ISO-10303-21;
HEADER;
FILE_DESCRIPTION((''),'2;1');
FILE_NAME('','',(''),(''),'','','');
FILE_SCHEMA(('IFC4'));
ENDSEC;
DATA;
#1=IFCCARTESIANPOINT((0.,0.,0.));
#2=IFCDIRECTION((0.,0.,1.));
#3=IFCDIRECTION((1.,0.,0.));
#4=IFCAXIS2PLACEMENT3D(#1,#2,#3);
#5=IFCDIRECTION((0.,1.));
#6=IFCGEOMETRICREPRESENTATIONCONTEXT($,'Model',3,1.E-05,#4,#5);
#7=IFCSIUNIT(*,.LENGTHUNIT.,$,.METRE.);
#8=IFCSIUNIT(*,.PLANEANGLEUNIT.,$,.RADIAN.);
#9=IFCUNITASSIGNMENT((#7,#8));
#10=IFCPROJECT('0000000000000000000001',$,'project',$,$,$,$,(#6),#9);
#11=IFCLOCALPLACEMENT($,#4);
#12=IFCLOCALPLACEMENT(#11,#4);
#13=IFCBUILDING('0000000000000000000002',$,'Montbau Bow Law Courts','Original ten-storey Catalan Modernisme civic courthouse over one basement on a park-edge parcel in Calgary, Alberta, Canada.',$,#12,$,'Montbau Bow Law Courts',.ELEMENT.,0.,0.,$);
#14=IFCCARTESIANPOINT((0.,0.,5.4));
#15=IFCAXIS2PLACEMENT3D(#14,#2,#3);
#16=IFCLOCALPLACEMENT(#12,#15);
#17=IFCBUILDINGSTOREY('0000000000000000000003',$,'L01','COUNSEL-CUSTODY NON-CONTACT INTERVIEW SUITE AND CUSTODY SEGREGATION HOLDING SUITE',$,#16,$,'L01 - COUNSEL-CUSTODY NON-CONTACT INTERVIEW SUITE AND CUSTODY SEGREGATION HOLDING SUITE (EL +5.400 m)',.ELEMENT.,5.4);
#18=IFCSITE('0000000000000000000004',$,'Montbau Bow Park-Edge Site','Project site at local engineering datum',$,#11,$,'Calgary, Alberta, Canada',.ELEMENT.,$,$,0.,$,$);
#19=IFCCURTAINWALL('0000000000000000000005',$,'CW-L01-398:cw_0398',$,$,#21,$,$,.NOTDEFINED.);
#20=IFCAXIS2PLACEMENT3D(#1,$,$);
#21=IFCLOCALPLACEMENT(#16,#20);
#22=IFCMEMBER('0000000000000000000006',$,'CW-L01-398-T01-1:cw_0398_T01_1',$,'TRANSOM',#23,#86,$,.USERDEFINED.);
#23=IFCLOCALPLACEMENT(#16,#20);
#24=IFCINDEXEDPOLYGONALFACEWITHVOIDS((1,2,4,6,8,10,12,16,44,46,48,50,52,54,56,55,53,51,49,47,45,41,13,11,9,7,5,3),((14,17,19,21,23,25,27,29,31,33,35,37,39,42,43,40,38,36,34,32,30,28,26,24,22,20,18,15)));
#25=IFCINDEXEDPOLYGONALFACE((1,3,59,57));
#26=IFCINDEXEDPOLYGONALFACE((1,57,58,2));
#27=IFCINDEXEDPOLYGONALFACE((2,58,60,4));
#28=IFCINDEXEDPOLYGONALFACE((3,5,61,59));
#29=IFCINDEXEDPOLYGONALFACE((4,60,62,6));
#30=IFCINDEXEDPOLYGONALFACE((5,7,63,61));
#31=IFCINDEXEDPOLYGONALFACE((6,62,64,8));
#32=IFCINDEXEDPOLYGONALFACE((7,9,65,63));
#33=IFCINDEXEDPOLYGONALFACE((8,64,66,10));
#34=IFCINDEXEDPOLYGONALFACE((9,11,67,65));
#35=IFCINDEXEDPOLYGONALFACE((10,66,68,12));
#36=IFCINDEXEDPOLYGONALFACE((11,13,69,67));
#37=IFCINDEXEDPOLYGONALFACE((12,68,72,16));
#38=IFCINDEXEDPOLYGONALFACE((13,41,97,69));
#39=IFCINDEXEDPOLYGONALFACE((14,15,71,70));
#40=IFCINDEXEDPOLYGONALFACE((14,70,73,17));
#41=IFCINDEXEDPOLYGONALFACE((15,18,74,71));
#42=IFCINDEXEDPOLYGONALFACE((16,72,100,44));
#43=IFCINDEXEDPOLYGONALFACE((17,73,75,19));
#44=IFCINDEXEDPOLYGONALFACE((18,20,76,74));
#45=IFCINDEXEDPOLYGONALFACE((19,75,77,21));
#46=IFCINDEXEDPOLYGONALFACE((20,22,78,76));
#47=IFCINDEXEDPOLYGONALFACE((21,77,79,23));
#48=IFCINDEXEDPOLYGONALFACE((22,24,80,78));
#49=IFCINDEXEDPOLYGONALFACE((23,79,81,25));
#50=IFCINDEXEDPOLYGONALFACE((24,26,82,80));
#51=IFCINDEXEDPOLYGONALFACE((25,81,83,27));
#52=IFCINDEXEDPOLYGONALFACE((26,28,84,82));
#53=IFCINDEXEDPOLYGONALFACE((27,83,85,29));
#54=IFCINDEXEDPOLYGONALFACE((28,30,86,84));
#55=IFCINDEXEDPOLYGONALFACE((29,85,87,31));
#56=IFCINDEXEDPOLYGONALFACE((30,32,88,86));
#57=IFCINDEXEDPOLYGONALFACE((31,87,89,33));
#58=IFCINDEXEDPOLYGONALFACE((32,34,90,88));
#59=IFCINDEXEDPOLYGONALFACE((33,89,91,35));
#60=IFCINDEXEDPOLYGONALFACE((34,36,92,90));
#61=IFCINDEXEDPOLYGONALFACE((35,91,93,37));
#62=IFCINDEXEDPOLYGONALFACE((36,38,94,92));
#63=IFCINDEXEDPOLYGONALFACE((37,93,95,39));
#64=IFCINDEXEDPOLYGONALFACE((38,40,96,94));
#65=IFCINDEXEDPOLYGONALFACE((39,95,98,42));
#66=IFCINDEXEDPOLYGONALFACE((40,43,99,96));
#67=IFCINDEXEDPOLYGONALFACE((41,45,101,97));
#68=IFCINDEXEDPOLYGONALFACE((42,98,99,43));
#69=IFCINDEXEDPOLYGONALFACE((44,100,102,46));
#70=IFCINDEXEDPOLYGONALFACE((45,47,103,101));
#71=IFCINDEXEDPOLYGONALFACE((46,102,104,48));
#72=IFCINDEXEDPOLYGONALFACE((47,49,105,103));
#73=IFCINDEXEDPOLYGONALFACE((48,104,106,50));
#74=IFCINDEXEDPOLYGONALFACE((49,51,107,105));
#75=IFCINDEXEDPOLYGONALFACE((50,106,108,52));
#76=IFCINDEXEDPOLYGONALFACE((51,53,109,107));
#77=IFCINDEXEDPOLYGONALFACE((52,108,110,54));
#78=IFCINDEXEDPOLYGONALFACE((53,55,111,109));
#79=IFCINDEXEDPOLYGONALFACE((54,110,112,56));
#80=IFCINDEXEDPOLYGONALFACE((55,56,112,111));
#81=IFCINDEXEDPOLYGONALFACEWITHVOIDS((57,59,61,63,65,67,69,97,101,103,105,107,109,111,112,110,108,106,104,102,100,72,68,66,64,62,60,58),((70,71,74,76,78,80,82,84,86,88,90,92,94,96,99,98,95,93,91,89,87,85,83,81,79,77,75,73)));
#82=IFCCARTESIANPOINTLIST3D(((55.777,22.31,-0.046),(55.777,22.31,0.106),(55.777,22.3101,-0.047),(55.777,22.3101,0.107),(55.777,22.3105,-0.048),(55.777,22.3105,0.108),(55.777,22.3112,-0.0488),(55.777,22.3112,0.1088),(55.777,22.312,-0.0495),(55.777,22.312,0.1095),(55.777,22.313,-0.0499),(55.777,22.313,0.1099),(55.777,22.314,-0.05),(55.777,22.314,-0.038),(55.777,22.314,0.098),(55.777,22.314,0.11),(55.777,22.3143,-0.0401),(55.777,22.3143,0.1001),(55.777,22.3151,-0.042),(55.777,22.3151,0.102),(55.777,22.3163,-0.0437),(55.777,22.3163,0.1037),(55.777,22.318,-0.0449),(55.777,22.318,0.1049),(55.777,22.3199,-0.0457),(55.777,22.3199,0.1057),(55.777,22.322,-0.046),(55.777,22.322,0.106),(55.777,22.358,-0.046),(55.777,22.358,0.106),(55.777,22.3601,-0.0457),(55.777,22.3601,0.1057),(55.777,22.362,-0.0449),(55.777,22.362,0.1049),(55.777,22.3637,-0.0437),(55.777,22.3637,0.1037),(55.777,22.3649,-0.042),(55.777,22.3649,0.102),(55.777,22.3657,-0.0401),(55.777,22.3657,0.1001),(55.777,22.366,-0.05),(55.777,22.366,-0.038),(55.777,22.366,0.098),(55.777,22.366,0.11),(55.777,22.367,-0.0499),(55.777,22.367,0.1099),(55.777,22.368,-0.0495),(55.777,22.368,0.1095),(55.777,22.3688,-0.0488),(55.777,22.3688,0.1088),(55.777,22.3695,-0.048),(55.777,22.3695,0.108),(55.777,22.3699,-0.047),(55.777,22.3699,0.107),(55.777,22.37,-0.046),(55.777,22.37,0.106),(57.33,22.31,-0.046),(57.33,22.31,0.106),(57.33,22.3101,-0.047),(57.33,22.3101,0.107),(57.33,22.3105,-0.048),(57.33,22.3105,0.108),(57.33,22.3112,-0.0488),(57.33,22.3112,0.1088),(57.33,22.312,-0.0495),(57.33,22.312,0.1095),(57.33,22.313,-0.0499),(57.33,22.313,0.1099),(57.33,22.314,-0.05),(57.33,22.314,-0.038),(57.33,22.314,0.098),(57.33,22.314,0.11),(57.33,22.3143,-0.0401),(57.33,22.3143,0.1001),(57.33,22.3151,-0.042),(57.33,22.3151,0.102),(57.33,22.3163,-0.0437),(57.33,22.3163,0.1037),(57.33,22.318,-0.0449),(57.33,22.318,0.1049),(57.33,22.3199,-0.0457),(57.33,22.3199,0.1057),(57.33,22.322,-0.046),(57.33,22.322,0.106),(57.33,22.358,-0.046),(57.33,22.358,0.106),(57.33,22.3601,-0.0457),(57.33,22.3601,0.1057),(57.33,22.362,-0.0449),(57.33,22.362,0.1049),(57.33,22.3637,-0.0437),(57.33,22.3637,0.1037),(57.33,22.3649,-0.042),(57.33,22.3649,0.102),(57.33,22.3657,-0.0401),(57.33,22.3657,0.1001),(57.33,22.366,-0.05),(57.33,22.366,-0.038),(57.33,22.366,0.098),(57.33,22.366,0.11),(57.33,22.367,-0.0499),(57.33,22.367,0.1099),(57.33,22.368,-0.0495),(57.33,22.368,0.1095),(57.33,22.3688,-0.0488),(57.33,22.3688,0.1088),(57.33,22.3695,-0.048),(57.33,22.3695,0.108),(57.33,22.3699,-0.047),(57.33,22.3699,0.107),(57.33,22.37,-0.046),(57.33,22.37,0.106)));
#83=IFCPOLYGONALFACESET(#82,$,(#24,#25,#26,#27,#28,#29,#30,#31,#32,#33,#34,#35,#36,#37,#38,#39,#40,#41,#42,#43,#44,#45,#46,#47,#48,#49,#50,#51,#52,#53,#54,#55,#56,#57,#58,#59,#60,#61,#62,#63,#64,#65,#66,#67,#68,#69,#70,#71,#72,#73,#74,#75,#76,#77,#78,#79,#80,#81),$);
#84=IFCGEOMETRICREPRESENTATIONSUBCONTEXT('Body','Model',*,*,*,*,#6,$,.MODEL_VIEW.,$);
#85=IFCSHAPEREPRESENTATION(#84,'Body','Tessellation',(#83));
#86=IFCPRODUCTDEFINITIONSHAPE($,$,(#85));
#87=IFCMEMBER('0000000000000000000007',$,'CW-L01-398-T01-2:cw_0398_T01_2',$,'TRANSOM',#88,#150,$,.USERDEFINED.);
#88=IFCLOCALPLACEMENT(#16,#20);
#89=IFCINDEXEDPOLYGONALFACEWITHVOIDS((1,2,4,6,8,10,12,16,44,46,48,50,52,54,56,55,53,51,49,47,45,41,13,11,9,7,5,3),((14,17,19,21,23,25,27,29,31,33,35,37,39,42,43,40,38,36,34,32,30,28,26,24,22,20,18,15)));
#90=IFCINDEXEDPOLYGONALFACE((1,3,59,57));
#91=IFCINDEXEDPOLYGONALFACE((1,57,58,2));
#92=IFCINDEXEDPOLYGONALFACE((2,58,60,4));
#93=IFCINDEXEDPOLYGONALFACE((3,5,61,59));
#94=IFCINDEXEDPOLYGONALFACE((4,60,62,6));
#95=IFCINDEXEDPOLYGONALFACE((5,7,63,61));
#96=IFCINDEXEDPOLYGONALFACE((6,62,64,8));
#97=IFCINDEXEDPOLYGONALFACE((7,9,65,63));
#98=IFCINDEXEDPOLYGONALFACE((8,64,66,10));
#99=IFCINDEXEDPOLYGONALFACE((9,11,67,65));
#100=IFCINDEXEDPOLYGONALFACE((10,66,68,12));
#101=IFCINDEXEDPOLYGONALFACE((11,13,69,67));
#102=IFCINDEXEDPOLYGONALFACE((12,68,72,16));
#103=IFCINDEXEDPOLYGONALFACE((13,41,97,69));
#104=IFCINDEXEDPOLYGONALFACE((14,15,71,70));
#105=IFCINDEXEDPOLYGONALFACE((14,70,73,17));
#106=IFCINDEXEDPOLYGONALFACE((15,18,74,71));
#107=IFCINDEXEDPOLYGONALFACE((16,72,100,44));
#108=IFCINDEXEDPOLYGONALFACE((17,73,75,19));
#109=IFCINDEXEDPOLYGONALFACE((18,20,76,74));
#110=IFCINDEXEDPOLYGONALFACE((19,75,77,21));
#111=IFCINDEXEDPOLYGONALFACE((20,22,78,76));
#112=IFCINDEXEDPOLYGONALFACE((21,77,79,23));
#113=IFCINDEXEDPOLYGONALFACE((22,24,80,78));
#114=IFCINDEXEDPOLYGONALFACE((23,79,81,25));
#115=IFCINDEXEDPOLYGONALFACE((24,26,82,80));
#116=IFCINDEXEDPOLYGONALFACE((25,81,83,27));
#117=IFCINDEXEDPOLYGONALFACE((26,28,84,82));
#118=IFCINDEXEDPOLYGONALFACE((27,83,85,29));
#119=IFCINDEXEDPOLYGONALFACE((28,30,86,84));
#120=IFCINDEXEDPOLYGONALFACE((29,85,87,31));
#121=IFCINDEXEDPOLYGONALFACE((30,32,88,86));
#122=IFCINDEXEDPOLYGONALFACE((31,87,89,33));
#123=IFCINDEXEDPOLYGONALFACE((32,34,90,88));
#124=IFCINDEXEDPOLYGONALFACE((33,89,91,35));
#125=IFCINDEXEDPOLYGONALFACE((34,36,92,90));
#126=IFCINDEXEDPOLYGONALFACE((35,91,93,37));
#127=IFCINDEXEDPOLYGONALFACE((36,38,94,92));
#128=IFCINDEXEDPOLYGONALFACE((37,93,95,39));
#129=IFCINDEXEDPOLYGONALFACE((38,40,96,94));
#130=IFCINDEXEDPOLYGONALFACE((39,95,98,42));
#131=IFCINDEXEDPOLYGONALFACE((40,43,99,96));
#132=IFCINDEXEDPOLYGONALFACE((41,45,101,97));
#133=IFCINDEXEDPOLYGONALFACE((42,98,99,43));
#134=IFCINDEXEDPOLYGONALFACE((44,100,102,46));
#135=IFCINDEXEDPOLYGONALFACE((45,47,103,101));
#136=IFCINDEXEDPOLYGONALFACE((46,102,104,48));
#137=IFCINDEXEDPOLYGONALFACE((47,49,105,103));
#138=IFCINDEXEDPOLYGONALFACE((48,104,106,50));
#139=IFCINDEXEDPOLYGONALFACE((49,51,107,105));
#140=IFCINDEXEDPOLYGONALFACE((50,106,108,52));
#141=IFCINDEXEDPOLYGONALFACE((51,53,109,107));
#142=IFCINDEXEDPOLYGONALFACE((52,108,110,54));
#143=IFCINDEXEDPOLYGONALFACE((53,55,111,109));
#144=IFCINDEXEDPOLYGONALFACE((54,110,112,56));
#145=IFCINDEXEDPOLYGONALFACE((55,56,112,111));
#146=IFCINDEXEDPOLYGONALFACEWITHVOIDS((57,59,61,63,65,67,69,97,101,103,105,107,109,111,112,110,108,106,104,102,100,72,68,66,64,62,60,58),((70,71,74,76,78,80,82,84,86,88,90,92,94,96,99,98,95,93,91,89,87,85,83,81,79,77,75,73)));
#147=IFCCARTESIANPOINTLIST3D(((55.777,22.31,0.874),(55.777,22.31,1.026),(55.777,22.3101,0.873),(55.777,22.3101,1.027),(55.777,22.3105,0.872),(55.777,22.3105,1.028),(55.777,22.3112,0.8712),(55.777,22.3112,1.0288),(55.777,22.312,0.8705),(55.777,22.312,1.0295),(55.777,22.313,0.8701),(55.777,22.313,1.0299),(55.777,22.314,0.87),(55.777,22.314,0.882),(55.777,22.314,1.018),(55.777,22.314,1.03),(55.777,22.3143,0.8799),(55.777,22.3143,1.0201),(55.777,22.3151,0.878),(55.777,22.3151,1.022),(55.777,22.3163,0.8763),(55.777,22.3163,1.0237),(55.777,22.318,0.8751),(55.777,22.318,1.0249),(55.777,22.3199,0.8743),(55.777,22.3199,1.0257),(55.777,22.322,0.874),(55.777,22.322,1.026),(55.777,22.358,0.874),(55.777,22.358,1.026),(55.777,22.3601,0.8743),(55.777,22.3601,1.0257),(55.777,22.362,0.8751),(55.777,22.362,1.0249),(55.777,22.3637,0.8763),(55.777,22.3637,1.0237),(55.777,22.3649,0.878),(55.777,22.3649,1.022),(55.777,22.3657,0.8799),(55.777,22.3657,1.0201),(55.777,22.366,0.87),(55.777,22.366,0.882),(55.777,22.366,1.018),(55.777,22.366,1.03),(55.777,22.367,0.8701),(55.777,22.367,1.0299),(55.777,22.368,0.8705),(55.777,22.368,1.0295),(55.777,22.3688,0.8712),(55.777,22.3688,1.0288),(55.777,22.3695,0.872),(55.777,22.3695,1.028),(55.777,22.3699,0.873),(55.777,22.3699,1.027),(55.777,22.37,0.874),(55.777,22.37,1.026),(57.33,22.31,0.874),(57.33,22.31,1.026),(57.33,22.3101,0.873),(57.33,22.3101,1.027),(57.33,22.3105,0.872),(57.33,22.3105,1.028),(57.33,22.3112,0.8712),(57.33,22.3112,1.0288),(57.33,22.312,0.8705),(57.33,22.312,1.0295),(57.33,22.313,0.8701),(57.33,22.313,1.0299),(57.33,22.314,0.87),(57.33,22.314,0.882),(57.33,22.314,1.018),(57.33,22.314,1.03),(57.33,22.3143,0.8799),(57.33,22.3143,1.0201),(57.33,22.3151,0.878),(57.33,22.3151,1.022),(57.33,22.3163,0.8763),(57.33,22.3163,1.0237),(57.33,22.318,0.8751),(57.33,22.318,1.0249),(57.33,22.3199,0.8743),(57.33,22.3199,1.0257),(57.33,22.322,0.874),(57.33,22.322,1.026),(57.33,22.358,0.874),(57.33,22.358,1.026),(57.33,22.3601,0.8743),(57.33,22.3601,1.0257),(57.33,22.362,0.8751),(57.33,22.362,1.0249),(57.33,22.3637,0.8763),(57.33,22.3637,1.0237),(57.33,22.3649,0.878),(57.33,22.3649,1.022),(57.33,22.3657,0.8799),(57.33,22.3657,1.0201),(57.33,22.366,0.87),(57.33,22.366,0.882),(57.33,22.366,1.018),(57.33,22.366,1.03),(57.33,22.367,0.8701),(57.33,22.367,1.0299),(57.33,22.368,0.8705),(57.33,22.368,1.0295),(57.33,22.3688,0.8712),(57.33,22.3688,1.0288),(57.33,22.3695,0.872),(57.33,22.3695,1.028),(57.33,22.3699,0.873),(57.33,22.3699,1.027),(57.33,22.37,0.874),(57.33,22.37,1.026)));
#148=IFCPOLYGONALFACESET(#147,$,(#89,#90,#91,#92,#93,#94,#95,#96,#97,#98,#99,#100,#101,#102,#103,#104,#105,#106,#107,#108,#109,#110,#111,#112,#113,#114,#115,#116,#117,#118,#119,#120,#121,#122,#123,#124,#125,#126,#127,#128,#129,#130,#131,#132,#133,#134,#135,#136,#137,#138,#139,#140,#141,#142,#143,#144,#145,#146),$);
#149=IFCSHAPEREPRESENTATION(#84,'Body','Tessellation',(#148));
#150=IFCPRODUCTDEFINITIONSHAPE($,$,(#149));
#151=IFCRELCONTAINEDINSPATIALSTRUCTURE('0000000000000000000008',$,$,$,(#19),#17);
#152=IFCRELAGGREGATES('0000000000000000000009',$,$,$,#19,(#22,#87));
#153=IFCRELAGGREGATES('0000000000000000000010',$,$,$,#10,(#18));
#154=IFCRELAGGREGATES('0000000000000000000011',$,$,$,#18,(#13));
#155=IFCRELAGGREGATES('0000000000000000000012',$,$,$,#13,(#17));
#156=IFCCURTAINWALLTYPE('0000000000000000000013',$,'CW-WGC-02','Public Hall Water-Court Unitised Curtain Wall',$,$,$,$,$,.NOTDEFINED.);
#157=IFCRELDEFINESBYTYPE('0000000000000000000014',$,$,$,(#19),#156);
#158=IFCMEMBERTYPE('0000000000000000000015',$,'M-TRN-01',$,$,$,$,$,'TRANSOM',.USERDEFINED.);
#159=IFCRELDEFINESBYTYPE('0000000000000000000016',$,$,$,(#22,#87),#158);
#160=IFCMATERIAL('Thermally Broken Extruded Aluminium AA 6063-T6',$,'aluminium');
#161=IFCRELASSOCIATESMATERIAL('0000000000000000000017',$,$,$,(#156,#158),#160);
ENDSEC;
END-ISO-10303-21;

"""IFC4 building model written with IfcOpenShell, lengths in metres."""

from ifc_helpers import new_model, si_unit, direction, frame, origin_with_axes, origin_2d_with_axis, place, context, subcontext, project, spatial, hollow_rectangle, extrude, material, material_profile, profile_set, type_object, element, aggregate, save


model = new_model("IFC4")

# Units and contexts
model_context = context("Model", 3, precision=1e-05, world=origin_with_axes(), true_north=direction((0.0, 1.0)))
body_context = subcontext(model_context, "Body", "Model", "MODEL_VIEW")
ifc_project = project(units=[si_unit("LENGTHUNIT", "METRE"), si_unit("PLANEANGLEUNIT", "RADIAN")], contexts=[model_context])

# Site, building, storey
site_placement = place(None, origin_with_axes())
site = spatial("IfcSite", under=ifc_project, at=site_placement, Name="Montbau Bow Park-Edge Site", Description="Project site at local engineering datum", LongName="Calgary, Alberta, Canada", CompositionType="ELEMENT", RefElevation=0.0)
building_placement = place(site_placement, origin_with_axes())
building = spatial("IfcBuilding", under=site, at=building_placement, Name="Montbau Bow Law Courts", Description="Original ten-storey Catalan Modernisme civic courthouse over one basement on a park-edge parcel in Calgary, Alberta, Canada.", LongName="Montbau Bow Law Courts", CompositionType="ELEMENT", ElevationOfRefHeight=0.0, ElevationOfTerrain=0.0)
storey_placement = place(building_placement, frame((0.0, 0.0, 5.4), z_axis=(0.0, 0.0, 1.0), x_axis=(1.0, 0.0, 0.0)))
storey = spatial("IfcBuildingStorey", under=building, at=storey_placement, Name="L01", Description="COUNSEL-CUSTODY NON-CONTACT INTERVIEW SUITE AND CUSTODY SEGREGATION HOLDING SUITE", LongName="L01 - COUNSEL-CUSTODY NON-CONTACT INTERVIEW SUITE AND CUSTODY SEGREGATION HOLDING SUITE (EL +5.400 m)", CompositionType="ELEMENT", Elevation=5.4)

# Curtain wall, members
ifc_material_1 = material(Name="Thermally Broken Extruded Aluminium AA 6063-T6", Category="aluminium")
curtain_wall_type = type_object("IfcCurtainWallType", Name="CW-WGC-02", Description="Public Hall Water-Court Unitised Curtain Wall", PredefinedType="NOTDEFINED", material=ifc_material_1)
curtain_wall_1_placement = place(None, frame((55.715, 22.34, 5.4), z_axis=(0.0, 0.0, 1.0), x_axis=(1.0, 0.0, 0.0)))
curtain_wall_1 = element("IfcCurtainWall", 1, at=curtain_wall_1_placement, inside=storey, type_object=curtain_wall_type, Name="CW-L01-398:cw_0398", PredefinedType="NOTDEFINED")
ifc_material_profile_1 = material_profile(ifc_material_1, hollow_rectangle(XDim=0.06, YDim=0.16, WallThickness=0.004, InnerFilletRadius=0.008, OuterFilletRadius=0.004, at=origin_2d_with_axis()), Name="CWT-160X60", Category="Main", Priority=0)
ifc_profile_set_1 = profile_set([ifc_material_profile_1], Name="Thermally Broken Extruded Aluminium AA 6063-T6")
member_type_1 = type_object("IfcMemberType", Name="M-TRN-01", ElementType="TRANSOM", PredefinedType="USERDEFINED", material=ifc_profile_set_1)
member_1_placement = place(None, frame((55.777, 22.34, 5.43), z_axis=(1.0, 0.0, 0.0), x_axis=(0.0, 1.0, 0.0)))
member_1 = element("IfcMember", 2, at=member_1_placement, type_object=member_type_1, Name="CW-L01-398-T01-1:cw_0398_T01_1", ObjectType="TRANSOM", PredefinedType="USERDEFINED", context=body_context, shape_type="SweptSolid", body=[
    extrude(hollow_rectangle(XDim=0.06, YDim=0.16, WallThickness=0.004, InnerFilletRadius=0.008, OuterFilletRadius=0.004, at=origin_2d_with_axis()), origin_with_axes(), (0.0, 0.0, 1.0), 1.553),
])
member_2_placement = place(None, frame((55.777, 22.34, 6.35), z_axis=(1.0, 0.0, 0.0), x_axis=(0.0, 1.0, 0.0)))
member_2 = element("IfcMember", 3, at=member_2_placement, type_object=member_type_1, Name="CW-L01-398-T01-2:cw_0398_T01_2", ObjectType="TRANSOM", PredefinedType="USERDEFINED", context=body_context, shape_type="SweptSolid", body=[
    extrude(hollow_rectangle(XDim=0.06, YDim=0.16, WallThickness=0.004, InnerFilletRadius=0.008, OuterFilletRadius=0.004, at=origin_2d_with_axis()), origin_with_axes(), (0.0, 0.0, 1.0), 1.553),
])

aggregate(curtain_wall_1, [member_1, member_2])

save(model, "model.ifc")
